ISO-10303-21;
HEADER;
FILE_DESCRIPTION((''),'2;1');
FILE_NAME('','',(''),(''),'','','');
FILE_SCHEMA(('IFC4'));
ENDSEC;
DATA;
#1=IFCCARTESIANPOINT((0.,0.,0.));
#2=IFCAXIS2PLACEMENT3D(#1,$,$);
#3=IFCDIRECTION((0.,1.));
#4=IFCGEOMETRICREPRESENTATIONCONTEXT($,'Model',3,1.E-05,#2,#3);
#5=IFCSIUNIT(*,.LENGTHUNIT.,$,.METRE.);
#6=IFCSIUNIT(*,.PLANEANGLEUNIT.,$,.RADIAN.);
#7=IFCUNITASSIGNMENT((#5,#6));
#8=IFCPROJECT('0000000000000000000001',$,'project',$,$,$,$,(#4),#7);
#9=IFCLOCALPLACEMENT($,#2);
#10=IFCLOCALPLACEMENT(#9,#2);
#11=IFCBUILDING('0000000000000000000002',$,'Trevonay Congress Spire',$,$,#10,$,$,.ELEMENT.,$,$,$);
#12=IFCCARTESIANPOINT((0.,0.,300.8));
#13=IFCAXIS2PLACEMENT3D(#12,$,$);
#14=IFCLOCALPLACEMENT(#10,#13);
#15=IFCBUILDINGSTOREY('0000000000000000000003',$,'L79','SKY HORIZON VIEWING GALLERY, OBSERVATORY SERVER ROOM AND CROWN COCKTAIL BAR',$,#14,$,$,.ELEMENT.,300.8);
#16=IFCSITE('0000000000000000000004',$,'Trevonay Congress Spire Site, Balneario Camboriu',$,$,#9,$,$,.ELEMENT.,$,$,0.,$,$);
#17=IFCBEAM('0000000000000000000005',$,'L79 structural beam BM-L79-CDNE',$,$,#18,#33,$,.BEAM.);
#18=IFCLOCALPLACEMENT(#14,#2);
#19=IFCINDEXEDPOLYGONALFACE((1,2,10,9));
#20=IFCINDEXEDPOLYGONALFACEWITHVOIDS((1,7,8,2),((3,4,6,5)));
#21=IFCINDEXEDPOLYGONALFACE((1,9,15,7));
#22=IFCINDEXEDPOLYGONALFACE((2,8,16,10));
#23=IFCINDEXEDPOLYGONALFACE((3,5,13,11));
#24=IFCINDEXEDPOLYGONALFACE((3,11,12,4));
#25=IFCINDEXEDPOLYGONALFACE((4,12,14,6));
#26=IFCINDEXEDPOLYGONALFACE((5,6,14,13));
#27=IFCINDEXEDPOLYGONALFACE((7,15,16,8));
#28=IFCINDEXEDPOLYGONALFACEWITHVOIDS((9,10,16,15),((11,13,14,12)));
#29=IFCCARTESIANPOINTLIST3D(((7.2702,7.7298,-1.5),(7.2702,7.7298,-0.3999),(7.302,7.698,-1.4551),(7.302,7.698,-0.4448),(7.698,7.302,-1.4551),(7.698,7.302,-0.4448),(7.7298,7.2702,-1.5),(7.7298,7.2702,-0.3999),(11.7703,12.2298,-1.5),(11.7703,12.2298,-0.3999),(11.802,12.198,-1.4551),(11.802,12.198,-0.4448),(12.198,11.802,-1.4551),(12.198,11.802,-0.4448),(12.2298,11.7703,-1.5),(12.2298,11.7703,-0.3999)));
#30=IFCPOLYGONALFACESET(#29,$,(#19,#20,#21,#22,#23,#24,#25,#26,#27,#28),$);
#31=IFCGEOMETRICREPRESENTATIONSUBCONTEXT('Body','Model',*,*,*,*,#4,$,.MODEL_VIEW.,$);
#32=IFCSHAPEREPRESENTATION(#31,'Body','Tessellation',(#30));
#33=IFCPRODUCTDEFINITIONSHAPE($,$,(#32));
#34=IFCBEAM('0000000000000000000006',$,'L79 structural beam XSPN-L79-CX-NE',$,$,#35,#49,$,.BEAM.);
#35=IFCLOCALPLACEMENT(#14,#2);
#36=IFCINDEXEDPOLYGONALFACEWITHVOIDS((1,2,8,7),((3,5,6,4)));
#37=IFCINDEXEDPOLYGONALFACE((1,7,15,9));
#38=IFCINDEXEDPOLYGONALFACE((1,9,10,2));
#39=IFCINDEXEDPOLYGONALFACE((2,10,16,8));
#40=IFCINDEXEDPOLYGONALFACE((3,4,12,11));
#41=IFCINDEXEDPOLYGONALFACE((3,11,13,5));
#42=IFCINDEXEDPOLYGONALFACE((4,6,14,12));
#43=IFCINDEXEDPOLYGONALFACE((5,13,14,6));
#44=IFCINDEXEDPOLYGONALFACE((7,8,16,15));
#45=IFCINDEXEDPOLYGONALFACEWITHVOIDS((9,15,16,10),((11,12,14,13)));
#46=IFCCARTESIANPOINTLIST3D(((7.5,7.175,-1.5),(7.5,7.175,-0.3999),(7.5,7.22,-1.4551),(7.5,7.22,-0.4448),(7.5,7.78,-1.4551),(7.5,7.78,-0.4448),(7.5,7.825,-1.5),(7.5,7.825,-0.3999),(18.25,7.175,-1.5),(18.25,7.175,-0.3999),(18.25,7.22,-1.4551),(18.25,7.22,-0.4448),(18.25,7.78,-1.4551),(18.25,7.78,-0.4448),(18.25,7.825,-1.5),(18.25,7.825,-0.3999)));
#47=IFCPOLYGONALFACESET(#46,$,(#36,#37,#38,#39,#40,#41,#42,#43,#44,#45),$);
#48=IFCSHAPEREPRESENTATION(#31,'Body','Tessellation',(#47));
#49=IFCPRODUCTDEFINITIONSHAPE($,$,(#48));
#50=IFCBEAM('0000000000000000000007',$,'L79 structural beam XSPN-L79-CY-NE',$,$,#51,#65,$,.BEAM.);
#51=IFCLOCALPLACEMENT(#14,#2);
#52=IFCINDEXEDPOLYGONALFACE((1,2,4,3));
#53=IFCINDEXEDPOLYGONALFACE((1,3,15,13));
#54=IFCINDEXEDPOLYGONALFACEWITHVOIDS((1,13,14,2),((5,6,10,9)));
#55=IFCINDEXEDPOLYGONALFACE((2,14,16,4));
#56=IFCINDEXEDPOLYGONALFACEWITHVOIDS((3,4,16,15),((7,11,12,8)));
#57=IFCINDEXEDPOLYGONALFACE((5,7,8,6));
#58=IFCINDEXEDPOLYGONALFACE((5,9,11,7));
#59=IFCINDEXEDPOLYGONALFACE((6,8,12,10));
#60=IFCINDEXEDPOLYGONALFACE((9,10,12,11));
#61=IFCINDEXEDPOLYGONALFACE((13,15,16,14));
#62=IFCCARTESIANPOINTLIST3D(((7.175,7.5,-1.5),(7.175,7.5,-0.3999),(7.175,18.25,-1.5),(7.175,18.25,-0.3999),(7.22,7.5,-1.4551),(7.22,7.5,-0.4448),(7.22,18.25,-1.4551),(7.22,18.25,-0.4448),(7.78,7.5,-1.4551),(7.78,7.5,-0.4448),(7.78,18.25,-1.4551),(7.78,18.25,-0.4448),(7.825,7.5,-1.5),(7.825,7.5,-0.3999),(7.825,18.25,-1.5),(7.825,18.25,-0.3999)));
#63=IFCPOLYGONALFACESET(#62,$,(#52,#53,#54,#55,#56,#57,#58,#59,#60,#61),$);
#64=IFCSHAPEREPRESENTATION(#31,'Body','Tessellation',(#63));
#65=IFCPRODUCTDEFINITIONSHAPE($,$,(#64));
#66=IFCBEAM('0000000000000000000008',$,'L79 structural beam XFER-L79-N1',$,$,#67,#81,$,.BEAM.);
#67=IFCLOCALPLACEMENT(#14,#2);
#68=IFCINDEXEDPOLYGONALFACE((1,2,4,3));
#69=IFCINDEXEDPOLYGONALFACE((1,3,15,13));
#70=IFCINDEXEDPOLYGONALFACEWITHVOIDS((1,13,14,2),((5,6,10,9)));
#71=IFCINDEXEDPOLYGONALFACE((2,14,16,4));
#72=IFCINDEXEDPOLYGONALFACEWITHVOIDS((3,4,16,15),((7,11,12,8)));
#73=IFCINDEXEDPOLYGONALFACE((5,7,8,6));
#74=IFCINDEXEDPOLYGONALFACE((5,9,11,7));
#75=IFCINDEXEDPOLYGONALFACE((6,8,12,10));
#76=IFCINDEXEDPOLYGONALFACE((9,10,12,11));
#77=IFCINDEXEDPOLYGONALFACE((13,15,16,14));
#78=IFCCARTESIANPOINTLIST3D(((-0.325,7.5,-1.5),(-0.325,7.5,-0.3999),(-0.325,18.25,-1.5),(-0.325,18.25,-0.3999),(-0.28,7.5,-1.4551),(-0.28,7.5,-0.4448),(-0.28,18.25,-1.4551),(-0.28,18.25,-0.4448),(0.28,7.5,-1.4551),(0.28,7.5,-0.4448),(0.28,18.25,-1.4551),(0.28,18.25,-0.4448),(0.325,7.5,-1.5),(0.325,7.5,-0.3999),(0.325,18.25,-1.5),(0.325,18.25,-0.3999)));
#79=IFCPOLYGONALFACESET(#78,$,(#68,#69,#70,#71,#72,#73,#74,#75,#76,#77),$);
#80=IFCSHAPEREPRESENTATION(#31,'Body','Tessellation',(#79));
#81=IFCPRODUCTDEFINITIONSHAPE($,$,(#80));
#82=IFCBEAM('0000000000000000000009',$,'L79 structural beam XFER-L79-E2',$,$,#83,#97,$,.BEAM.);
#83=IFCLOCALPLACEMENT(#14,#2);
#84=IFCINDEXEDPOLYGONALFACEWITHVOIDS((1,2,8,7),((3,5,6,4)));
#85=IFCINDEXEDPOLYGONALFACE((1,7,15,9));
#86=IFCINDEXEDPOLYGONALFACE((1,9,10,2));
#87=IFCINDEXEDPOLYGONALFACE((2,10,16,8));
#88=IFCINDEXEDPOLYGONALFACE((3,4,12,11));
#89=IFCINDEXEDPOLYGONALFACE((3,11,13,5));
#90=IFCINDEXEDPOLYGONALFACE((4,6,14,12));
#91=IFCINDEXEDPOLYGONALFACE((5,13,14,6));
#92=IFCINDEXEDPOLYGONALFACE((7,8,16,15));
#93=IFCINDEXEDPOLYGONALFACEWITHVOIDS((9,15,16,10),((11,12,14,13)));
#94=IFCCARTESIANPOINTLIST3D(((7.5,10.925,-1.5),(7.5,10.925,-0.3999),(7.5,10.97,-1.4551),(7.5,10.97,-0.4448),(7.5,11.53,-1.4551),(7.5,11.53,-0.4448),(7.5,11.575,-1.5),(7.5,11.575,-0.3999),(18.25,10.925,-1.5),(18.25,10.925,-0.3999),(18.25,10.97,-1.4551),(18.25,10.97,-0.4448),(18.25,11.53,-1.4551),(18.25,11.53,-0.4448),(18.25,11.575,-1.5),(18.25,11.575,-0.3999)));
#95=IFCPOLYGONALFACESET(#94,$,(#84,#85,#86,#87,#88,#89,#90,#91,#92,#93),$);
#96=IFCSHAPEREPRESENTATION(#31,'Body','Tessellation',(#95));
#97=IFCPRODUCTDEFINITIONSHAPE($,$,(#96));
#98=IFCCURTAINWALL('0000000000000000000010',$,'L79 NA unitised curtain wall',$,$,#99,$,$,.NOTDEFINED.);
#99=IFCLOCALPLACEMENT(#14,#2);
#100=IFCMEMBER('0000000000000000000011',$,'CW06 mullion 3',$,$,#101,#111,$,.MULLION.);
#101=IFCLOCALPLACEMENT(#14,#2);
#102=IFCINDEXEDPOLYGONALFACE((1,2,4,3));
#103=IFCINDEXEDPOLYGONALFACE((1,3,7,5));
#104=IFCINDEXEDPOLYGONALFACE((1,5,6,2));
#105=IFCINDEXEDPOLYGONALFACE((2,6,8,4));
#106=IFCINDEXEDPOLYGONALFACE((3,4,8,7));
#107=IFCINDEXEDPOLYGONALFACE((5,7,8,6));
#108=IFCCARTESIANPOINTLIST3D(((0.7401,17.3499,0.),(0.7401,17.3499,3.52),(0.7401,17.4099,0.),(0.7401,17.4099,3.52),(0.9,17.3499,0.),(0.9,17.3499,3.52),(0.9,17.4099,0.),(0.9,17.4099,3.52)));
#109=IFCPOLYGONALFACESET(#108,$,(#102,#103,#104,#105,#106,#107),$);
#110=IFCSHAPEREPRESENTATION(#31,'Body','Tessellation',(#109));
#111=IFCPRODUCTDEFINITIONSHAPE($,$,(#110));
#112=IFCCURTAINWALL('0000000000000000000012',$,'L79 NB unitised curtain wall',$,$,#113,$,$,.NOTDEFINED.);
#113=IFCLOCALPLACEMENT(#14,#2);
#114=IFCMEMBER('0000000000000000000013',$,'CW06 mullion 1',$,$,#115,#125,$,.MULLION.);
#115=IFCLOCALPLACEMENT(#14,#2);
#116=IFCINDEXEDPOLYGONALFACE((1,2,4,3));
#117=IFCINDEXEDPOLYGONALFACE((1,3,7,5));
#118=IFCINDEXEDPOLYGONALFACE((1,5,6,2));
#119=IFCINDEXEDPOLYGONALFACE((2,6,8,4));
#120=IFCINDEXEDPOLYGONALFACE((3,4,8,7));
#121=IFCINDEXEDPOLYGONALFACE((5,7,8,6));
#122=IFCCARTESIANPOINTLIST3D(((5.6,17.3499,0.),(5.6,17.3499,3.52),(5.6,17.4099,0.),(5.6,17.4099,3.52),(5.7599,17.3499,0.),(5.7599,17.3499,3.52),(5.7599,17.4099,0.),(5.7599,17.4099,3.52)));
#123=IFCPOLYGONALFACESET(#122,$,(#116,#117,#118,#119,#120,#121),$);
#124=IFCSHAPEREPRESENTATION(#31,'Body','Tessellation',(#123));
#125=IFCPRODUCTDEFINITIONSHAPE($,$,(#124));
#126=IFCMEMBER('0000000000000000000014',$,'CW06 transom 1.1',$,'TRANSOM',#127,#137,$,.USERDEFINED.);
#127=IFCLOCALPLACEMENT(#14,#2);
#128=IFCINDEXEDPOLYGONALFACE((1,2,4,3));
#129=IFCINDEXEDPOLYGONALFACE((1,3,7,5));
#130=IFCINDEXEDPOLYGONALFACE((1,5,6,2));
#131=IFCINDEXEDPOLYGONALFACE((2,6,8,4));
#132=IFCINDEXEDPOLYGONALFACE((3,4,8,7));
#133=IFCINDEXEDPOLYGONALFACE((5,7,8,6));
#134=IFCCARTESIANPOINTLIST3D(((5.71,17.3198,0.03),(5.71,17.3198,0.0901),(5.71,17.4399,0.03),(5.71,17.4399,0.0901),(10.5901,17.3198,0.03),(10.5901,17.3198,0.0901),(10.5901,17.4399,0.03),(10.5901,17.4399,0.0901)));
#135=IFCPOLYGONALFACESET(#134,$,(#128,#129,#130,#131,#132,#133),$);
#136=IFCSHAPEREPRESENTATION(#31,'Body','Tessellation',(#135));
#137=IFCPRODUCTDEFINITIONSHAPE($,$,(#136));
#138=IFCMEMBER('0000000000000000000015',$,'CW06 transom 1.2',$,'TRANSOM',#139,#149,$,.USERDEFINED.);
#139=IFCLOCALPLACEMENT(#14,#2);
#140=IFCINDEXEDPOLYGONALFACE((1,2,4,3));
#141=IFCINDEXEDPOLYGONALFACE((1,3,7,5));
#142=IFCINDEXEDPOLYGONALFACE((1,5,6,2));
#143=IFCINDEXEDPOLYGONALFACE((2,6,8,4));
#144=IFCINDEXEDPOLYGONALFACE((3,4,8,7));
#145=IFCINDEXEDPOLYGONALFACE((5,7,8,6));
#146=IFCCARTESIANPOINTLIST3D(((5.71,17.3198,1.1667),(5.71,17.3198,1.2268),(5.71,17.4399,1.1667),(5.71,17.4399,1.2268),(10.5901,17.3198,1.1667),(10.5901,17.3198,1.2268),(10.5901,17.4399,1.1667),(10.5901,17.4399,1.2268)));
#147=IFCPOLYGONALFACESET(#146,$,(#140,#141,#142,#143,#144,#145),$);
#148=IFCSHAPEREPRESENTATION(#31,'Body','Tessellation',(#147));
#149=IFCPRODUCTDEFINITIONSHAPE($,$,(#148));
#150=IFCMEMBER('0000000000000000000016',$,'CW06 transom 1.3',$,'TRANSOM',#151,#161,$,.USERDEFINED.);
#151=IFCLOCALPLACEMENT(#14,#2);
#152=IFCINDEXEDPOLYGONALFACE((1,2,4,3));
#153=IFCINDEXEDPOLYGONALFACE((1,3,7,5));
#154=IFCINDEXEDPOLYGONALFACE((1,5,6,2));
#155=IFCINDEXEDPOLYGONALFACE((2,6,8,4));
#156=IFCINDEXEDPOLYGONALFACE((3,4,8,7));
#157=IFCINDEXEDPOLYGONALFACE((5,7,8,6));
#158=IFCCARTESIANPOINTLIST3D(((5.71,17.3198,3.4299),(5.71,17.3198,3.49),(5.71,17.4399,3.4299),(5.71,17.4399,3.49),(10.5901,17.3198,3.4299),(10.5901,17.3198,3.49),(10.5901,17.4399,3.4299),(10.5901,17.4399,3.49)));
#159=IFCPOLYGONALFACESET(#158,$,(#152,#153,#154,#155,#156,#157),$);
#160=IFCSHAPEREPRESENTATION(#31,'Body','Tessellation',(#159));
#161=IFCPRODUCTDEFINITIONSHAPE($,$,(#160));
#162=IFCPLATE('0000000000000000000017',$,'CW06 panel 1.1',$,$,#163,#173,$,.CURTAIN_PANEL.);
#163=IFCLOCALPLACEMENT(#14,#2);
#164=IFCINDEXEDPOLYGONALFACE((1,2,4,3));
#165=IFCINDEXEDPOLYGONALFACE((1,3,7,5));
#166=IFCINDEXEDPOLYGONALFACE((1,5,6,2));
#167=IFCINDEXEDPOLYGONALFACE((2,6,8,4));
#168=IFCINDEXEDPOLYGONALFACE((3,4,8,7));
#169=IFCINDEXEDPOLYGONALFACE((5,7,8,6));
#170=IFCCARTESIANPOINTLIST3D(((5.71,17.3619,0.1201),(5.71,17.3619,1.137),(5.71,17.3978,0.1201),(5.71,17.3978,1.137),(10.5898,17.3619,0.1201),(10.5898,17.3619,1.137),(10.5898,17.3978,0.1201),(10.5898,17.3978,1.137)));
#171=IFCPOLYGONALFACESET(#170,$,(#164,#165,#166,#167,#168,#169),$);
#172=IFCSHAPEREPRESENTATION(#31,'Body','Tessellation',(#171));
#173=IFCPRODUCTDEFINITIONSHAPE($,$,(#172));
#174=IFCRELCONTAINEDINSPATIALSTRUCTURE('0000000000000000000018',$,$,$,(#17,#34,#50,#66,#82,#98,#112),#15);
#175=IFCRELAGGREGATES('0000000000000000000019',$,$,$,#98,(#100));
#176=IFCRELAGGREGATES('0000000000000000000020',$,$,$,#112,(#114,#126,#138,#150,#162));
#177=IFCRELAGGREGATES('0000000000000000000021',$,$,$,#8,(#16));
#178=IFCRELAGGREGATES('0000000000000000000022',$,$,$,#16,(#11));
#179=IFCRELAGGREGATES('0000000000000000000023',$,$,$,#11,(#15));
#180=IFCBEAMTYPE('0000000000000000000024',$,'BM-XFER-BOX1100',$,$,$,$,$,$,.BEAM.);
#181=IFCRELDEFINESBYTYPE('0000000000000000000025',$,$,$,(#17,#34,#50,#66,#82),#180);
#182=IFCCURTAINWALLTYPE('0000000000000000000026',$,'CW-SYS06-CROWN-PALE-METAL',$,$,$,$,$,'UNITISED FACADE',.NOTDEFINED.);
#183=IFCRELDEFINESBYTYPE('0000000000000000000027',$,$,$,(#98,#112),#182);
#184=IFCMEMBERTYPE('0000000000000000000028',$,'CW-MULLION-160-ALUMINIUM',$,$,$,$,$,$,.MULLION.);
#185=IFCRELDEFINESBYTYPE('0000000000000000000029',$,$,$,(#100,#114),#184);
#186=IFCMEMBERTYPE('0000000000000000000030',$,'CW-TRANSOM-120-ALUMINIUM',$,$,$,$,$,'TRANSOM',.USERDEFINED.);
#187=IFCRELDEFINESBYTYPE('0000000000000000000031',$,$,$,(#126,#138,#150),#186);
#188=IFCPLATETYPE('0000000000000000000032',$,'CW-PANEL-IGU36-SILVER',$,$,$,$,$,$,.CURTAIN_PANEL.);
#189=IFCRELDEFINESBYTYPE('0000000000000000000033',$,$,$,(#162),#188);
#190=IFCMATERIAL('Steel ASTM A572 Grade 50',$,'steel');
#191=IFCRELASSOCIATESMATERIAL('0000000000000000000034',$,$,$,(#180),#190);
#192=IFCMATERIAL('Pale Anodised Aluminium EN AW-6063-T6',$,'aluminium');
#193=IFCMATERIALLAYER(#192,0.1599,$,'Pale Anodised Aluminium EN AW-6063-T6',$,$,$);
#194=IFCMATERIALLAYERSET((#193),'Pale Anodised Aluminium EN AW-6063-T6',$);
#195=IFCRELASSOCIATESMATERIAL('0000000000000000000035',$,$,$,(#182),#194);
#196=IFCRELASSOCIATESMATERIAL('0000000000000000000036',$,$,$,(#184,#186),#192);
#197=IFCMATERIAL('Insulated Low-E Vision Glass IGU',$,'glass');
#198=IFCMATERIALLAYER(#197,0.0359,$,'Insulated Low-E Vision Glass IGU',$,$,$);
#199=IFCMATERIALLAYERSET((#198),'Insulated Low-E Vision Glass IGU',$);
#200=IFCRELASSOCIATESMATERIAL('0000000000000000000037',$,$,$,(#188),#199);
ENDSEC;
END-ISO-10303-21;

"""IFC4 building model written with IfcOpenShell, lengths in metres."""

from ifc_helpers import new_model, si_unit, direction, frame, origin, origin_2d, place, context, subcontext, project, spatial, rectangle, hollow_rectangle, extrude, material, layer, layer_set, material_profile, profile_set, type_object, element, aggregate, save


model = new_model("IFC4")

# Units and contexts
model_context = context("Model", 3, precision=1e-05, world=origin(), true_north=direction((0.0, 1.0)))
body_context = subcontext(model_context, "Body", "Model", "MODEL_VIEW")
ifc_project = project(units=[si_unit("LENGTHUNIT", "METRE"), si_unit("PLANEANGLEUNIT", "RADIAN")], contexts=[model_context])

# Site, building, storey
site_placement = place(None, origin())
site = spatial("IfcSite", under=ifc_project, at=site_placement, Name="Trevonay Congress Spire Site, Balneario Camboriu", CompositionType="ELEMENT", RefElevation=0.0)
building_placement = place(site_placement, origin())
building = spatial("IfcBuilding", under=site, at=building_placement, Name="Trevonay Congress Spire", CompositionType="ELEMENT")
storey_placement = place(building_placement, frame((0.0, 0.0, 300.8)))
storey = spatial("IfcBuildingStorey", under=building, at=storey_placement, Name="L79", Description="SKY HORIZON VIEWING GALLERY, OBSERVATORY SERVER ROOM AND CROWN COCKTAIL BAR", CompositionType="ELEMENT", Elevation=300.8)

# Shared definitions
ifc_material_1 = material(Name="Steel ASTM A572 Grade 50", Category="steel")

# Beams
ifc_material_profile_1 = material_profile(ifc_material_1, hollow_rectangle(XDim=0.6499, YDim=1.1001, WallThickness=0.0449, at=origin_2d()), Name="BOX 1100x650x45")
ifc_profile_set_1 = profile_set([ifc_material_profile_1], Name="Steel ASTM A572 Grade 50")
beam_type_1 = type_object("IfcBeamType", Name="BM-XFER-BOX1100", PredefinedType="BEAM", material=ifc_profile_set_1)
beam_1_placement = place(storey_placement, frame((7.5, 7.5, -0.95), z_axis=(0.707107, 0.707107, 0.0), x_axis=(-0.707107, 0.707107, 0.0)))
element("IfcBeam", 1, at=beam_1_placement, inside=storey, type_object=beam_type_1, Name="L79 structural beam BM-L79-CDNE", PredefinedType="BEAM", context=body_context, shape_type="SweptSolid", body=[
    extrude(hollow_rectangle(XDim=0.6499, YDim=1.1001, WallThickness=0.0449, at=origin_2d()), origin(), (0.0, 0.0, 1.0), 6.364),
])
for number, where, z_axis, x_axis, name in (
    (2, (7.5, 7.5, -0.95), (1.0, 0.0, 0.0), (0.0, 1.0, 0.0), "L79 structural beam XSPN-L79-CX-NE"),
    (3, (7.5, 7.5, -0.95), (0.0, 1.0, 0.0), (-1.0, 0.0, 0.0), "L79 structural beam XSPN-L79-CY-NE"),
    (4, (0.0, 7.5, -0.95), (0.0, 1.0, 0.0), (-1.0, 0.0, 0.0), "L79 structural beam XFER-L79-N1"),
    (5, (7.5, 11.25, -0.95), (1.0, 0.0, 0.0), (0.0, 1.0, 0.0), "L79 structural beam XFER-L79-E2"),
):
    element("IfcBeam", number, at=place(storey_placement, frame(where, z_axis=z_axis, x_axis=x_axis)), inside=storey, type_object=beam_type_1, Name=name, PredefinedType="BEAM", context=body_context, shape_type="SweptSolid", body=[
        extrude(hollow_rectangle(XDim=0.6499, YDim=1.1001, WallThickness=0.0449, at=origin_2d()), origin(), (0.0, 0.0, 1.0), 10.75),
    ])

# Curtain wall, member
ifc_material_2 = material(Name="Pale Anodised Aluminium EN AW-6063-T6", Category="aluminium")
ifc_layer_1 = layer(ifc_material_2, 0.1599, Name="Pale Anodised Aluminium EN AW-6063-T6")
ifc_layer_set_1 = layer_set([ifc_layer_1], Name="Pale Anodised Aluminium EN AW-6063-T6")
curtain_wall_type = type_object("IfcCurtainWallType", Name="CW-SYS06-CROWN-PALE-METAL", ElementType="UNITISED FACADE", PredefinedType="NOTDEFINED", material=ifc_layer_set_1)
curtain_wall_1_placement = place(storey_placement, origin())
curtain_wall_1 = element("IfcCurtainWall", 6, at=curtain_wall_1_placement, inside=storey, type_object=curtain_wall_type, Name="L79 NA unitised curtain wall", PredefinedType="NOTDEFINED")
ifc_material_profile_2 = material_profile(ifc_material_2, rectangle(XDim=0.0601, YDim=0.1599, at=origin_2d()), Name="CW-MULLION-160-ALUMINIUM")
ifc_profile_set_2 = profile_set([ifc_material_profile_2], Name="Pale Anodised Aluminium EN AW-6063-T6")
member_type_1 = type_object("IfcMemberType", Name="CW-MULLION-160-ALUMINIUM", PredefinedType="MULLION", material=ifc_profile_set_2)
member_1_placement = place(storey_placement, frame((0.8201, 17.3799, 0.0), z_axis=(0.0, 0.0, 1.0), x_axis=(0.0, 1.0, 0.0)))
member_1 = element("IfcMember", 7, at=member_1_placement, type_object=member_type_1, Name="CW06 mullion 3", PredefinedType="MULLION", context=body_context, shape_type="SweptSolid", body=[
    extrude(rectangle(XDim=0.0601, YDim=0.1599, at=origin_2d()), origin(), (0.0, 0.0, 1.0), 3.52),
])
aggregate(curtain_wall_1, [member_1])

# Curtain wall, members, plate
curtain_wall_2_placement = place(storey_placement, origin())
curtain_wall_2 = element("IfcCurtainWall", 8, at=curtain_wall_2_placement, inside=storey, type_object=curtain_wall_type, Name="L79 NB unitised curtain wall", PredefinedType="NOTDEFINED")
member_2_placement = place(storey_placement, frame((5.6799, 17.3799, 0.0), z_axis=(0.0, 0.0, 1.0), x_axis=(0.0, 1.0, 0.0)))
member_2 = element("IfcMember", 9, at=member_2_placement, type_object=member_type_1, Name="CW06 mullion 1", PredefinedType="MULLION", context=body_context, shape_type="SweptSolid", body=[
    extrude(rectangle(XDim=0.0601, YDim=0.1599, at=origin_2d()), origin(), (0.0, 0.0, 1.0), 3.52),
])
ifc_material_profile_3 = material_profile(ifc_material_2, rectangle(XDim=0.1201, YDim=0.0601, at=origin_2d()), Name="CW-TRANSOM-120-ALUMINIUM")
ifc_profile_set_3 = profile_set([ifc_material_profile_3], Name="Pale Anodised Aluminium EN AW-6063-T6")
member_type_2 = type_object("IfcMemberType", Name="CW-TRANSOM-120-ALUMINIUM", ElementType="TRANSOM", PredefinedType="USERDEFINED", material=ifc_profile_set_3)
member_3_placement = place(storey_placement, frame((5.71, 17.3799, 0.0601), z_axis=(1.0, 0.0, 0.0), x_axis=(0.0, 1.0, 0.0)))
member_3 = element("IfcMember", 10, at=member_3_placement, type_object=member_type_2, Name="CW06 transom 1.1", ObjectType="TRANSOM", PredefinedType="USERDEFINED", context=body_context, shape_type="SweptSolid", body=[
    extrude(rectangle(XDim=0.1201, YDim=0.0601, at=origin_2d()), origin(), (0.0, 0.0, 1.0), 4.8801),
])
member_4_placement = place(storey_placement, frame((5.71, 17.3799, 1.1968), z_axis=(1.0, 0.0, 0.0), x_axis=(0.0, 1.0, 0.0)))
member_4 = element("IfcMember", 11, at=member_4_placement, type_object=member_type_2, Name="CW06 transom 1.2", ObjectType="TRANSOM", PredefinedType="USERDEFINED", context=body_context, shape_type="SweptSolid", body=[
    extrude(rectangle(XDim=0.1201, YDim=0.0601, at=origin_2d()), origin(), (0.0, 0.0, 1.0), 4.8801),
])
member_5_placement = place(storey_placement, frame((5.71, 17.3799, 3.46), z_axis=(1.0, 0.0, 0.0), x_axis=(0.0, 1.0, 0.0)))
member_5 = element("IfcMember", 12, at=member_5_placement, type_object=member_type_2, Name="CW06 transom 1.3", ObjectType="TRANSOM", PredefinedType="USERDEFINED", context=body_context, shape_type="SweptSolid", body=[
    extrude(rectangle(XDim=0.1201, YDim=0.0601, at=origin_2d()), origin(), (0.0, 0.0, 1.0), 4.8801),
])
ifc_material_3 = material(Name="Insulated Low-E Vision Glass IGU", Category="glass")
ifc_layer_2 = layer(ifc_material_3, 0.0359, Name="Insulated Low-E Vision Glass IGU")
ifc_layer_set_2 = layer_set([ifc_layer_2], Name="Insulated Low-E Vision Glass IGU")
plate_type = type_object("IfcPlateType", Name="CW-PANEL-IGU36-SILVER", PredefinedType="CURTAIN_PANEL", material=ifc_layer_set_2)
plate_placement = place(storey_placement, frame((8.1499, 17.3799, 0.1201), z_axis=(0.0, 0.0, 1.0), x_axis=(1.0, 0.0, 0.0)))
plate = element("IfcPlate", 13, at=plate_placement, type_object=plate_type, Name="CW06 panel 1.1", PredefinedType="CURTAIN_PANEL", context=body_context, shape_type="SweptSolid", body=[
    extrude(rectangle(XDim=4.8799, YDim=0.0359, at=origin_2d()), origin(), (0.0, 0.0, 1.0), 1.0168),
])
aggregate(curtain_wall_2, [member_2, member_3, member_4, member_5, plate])

save(model, "model.ifc")
